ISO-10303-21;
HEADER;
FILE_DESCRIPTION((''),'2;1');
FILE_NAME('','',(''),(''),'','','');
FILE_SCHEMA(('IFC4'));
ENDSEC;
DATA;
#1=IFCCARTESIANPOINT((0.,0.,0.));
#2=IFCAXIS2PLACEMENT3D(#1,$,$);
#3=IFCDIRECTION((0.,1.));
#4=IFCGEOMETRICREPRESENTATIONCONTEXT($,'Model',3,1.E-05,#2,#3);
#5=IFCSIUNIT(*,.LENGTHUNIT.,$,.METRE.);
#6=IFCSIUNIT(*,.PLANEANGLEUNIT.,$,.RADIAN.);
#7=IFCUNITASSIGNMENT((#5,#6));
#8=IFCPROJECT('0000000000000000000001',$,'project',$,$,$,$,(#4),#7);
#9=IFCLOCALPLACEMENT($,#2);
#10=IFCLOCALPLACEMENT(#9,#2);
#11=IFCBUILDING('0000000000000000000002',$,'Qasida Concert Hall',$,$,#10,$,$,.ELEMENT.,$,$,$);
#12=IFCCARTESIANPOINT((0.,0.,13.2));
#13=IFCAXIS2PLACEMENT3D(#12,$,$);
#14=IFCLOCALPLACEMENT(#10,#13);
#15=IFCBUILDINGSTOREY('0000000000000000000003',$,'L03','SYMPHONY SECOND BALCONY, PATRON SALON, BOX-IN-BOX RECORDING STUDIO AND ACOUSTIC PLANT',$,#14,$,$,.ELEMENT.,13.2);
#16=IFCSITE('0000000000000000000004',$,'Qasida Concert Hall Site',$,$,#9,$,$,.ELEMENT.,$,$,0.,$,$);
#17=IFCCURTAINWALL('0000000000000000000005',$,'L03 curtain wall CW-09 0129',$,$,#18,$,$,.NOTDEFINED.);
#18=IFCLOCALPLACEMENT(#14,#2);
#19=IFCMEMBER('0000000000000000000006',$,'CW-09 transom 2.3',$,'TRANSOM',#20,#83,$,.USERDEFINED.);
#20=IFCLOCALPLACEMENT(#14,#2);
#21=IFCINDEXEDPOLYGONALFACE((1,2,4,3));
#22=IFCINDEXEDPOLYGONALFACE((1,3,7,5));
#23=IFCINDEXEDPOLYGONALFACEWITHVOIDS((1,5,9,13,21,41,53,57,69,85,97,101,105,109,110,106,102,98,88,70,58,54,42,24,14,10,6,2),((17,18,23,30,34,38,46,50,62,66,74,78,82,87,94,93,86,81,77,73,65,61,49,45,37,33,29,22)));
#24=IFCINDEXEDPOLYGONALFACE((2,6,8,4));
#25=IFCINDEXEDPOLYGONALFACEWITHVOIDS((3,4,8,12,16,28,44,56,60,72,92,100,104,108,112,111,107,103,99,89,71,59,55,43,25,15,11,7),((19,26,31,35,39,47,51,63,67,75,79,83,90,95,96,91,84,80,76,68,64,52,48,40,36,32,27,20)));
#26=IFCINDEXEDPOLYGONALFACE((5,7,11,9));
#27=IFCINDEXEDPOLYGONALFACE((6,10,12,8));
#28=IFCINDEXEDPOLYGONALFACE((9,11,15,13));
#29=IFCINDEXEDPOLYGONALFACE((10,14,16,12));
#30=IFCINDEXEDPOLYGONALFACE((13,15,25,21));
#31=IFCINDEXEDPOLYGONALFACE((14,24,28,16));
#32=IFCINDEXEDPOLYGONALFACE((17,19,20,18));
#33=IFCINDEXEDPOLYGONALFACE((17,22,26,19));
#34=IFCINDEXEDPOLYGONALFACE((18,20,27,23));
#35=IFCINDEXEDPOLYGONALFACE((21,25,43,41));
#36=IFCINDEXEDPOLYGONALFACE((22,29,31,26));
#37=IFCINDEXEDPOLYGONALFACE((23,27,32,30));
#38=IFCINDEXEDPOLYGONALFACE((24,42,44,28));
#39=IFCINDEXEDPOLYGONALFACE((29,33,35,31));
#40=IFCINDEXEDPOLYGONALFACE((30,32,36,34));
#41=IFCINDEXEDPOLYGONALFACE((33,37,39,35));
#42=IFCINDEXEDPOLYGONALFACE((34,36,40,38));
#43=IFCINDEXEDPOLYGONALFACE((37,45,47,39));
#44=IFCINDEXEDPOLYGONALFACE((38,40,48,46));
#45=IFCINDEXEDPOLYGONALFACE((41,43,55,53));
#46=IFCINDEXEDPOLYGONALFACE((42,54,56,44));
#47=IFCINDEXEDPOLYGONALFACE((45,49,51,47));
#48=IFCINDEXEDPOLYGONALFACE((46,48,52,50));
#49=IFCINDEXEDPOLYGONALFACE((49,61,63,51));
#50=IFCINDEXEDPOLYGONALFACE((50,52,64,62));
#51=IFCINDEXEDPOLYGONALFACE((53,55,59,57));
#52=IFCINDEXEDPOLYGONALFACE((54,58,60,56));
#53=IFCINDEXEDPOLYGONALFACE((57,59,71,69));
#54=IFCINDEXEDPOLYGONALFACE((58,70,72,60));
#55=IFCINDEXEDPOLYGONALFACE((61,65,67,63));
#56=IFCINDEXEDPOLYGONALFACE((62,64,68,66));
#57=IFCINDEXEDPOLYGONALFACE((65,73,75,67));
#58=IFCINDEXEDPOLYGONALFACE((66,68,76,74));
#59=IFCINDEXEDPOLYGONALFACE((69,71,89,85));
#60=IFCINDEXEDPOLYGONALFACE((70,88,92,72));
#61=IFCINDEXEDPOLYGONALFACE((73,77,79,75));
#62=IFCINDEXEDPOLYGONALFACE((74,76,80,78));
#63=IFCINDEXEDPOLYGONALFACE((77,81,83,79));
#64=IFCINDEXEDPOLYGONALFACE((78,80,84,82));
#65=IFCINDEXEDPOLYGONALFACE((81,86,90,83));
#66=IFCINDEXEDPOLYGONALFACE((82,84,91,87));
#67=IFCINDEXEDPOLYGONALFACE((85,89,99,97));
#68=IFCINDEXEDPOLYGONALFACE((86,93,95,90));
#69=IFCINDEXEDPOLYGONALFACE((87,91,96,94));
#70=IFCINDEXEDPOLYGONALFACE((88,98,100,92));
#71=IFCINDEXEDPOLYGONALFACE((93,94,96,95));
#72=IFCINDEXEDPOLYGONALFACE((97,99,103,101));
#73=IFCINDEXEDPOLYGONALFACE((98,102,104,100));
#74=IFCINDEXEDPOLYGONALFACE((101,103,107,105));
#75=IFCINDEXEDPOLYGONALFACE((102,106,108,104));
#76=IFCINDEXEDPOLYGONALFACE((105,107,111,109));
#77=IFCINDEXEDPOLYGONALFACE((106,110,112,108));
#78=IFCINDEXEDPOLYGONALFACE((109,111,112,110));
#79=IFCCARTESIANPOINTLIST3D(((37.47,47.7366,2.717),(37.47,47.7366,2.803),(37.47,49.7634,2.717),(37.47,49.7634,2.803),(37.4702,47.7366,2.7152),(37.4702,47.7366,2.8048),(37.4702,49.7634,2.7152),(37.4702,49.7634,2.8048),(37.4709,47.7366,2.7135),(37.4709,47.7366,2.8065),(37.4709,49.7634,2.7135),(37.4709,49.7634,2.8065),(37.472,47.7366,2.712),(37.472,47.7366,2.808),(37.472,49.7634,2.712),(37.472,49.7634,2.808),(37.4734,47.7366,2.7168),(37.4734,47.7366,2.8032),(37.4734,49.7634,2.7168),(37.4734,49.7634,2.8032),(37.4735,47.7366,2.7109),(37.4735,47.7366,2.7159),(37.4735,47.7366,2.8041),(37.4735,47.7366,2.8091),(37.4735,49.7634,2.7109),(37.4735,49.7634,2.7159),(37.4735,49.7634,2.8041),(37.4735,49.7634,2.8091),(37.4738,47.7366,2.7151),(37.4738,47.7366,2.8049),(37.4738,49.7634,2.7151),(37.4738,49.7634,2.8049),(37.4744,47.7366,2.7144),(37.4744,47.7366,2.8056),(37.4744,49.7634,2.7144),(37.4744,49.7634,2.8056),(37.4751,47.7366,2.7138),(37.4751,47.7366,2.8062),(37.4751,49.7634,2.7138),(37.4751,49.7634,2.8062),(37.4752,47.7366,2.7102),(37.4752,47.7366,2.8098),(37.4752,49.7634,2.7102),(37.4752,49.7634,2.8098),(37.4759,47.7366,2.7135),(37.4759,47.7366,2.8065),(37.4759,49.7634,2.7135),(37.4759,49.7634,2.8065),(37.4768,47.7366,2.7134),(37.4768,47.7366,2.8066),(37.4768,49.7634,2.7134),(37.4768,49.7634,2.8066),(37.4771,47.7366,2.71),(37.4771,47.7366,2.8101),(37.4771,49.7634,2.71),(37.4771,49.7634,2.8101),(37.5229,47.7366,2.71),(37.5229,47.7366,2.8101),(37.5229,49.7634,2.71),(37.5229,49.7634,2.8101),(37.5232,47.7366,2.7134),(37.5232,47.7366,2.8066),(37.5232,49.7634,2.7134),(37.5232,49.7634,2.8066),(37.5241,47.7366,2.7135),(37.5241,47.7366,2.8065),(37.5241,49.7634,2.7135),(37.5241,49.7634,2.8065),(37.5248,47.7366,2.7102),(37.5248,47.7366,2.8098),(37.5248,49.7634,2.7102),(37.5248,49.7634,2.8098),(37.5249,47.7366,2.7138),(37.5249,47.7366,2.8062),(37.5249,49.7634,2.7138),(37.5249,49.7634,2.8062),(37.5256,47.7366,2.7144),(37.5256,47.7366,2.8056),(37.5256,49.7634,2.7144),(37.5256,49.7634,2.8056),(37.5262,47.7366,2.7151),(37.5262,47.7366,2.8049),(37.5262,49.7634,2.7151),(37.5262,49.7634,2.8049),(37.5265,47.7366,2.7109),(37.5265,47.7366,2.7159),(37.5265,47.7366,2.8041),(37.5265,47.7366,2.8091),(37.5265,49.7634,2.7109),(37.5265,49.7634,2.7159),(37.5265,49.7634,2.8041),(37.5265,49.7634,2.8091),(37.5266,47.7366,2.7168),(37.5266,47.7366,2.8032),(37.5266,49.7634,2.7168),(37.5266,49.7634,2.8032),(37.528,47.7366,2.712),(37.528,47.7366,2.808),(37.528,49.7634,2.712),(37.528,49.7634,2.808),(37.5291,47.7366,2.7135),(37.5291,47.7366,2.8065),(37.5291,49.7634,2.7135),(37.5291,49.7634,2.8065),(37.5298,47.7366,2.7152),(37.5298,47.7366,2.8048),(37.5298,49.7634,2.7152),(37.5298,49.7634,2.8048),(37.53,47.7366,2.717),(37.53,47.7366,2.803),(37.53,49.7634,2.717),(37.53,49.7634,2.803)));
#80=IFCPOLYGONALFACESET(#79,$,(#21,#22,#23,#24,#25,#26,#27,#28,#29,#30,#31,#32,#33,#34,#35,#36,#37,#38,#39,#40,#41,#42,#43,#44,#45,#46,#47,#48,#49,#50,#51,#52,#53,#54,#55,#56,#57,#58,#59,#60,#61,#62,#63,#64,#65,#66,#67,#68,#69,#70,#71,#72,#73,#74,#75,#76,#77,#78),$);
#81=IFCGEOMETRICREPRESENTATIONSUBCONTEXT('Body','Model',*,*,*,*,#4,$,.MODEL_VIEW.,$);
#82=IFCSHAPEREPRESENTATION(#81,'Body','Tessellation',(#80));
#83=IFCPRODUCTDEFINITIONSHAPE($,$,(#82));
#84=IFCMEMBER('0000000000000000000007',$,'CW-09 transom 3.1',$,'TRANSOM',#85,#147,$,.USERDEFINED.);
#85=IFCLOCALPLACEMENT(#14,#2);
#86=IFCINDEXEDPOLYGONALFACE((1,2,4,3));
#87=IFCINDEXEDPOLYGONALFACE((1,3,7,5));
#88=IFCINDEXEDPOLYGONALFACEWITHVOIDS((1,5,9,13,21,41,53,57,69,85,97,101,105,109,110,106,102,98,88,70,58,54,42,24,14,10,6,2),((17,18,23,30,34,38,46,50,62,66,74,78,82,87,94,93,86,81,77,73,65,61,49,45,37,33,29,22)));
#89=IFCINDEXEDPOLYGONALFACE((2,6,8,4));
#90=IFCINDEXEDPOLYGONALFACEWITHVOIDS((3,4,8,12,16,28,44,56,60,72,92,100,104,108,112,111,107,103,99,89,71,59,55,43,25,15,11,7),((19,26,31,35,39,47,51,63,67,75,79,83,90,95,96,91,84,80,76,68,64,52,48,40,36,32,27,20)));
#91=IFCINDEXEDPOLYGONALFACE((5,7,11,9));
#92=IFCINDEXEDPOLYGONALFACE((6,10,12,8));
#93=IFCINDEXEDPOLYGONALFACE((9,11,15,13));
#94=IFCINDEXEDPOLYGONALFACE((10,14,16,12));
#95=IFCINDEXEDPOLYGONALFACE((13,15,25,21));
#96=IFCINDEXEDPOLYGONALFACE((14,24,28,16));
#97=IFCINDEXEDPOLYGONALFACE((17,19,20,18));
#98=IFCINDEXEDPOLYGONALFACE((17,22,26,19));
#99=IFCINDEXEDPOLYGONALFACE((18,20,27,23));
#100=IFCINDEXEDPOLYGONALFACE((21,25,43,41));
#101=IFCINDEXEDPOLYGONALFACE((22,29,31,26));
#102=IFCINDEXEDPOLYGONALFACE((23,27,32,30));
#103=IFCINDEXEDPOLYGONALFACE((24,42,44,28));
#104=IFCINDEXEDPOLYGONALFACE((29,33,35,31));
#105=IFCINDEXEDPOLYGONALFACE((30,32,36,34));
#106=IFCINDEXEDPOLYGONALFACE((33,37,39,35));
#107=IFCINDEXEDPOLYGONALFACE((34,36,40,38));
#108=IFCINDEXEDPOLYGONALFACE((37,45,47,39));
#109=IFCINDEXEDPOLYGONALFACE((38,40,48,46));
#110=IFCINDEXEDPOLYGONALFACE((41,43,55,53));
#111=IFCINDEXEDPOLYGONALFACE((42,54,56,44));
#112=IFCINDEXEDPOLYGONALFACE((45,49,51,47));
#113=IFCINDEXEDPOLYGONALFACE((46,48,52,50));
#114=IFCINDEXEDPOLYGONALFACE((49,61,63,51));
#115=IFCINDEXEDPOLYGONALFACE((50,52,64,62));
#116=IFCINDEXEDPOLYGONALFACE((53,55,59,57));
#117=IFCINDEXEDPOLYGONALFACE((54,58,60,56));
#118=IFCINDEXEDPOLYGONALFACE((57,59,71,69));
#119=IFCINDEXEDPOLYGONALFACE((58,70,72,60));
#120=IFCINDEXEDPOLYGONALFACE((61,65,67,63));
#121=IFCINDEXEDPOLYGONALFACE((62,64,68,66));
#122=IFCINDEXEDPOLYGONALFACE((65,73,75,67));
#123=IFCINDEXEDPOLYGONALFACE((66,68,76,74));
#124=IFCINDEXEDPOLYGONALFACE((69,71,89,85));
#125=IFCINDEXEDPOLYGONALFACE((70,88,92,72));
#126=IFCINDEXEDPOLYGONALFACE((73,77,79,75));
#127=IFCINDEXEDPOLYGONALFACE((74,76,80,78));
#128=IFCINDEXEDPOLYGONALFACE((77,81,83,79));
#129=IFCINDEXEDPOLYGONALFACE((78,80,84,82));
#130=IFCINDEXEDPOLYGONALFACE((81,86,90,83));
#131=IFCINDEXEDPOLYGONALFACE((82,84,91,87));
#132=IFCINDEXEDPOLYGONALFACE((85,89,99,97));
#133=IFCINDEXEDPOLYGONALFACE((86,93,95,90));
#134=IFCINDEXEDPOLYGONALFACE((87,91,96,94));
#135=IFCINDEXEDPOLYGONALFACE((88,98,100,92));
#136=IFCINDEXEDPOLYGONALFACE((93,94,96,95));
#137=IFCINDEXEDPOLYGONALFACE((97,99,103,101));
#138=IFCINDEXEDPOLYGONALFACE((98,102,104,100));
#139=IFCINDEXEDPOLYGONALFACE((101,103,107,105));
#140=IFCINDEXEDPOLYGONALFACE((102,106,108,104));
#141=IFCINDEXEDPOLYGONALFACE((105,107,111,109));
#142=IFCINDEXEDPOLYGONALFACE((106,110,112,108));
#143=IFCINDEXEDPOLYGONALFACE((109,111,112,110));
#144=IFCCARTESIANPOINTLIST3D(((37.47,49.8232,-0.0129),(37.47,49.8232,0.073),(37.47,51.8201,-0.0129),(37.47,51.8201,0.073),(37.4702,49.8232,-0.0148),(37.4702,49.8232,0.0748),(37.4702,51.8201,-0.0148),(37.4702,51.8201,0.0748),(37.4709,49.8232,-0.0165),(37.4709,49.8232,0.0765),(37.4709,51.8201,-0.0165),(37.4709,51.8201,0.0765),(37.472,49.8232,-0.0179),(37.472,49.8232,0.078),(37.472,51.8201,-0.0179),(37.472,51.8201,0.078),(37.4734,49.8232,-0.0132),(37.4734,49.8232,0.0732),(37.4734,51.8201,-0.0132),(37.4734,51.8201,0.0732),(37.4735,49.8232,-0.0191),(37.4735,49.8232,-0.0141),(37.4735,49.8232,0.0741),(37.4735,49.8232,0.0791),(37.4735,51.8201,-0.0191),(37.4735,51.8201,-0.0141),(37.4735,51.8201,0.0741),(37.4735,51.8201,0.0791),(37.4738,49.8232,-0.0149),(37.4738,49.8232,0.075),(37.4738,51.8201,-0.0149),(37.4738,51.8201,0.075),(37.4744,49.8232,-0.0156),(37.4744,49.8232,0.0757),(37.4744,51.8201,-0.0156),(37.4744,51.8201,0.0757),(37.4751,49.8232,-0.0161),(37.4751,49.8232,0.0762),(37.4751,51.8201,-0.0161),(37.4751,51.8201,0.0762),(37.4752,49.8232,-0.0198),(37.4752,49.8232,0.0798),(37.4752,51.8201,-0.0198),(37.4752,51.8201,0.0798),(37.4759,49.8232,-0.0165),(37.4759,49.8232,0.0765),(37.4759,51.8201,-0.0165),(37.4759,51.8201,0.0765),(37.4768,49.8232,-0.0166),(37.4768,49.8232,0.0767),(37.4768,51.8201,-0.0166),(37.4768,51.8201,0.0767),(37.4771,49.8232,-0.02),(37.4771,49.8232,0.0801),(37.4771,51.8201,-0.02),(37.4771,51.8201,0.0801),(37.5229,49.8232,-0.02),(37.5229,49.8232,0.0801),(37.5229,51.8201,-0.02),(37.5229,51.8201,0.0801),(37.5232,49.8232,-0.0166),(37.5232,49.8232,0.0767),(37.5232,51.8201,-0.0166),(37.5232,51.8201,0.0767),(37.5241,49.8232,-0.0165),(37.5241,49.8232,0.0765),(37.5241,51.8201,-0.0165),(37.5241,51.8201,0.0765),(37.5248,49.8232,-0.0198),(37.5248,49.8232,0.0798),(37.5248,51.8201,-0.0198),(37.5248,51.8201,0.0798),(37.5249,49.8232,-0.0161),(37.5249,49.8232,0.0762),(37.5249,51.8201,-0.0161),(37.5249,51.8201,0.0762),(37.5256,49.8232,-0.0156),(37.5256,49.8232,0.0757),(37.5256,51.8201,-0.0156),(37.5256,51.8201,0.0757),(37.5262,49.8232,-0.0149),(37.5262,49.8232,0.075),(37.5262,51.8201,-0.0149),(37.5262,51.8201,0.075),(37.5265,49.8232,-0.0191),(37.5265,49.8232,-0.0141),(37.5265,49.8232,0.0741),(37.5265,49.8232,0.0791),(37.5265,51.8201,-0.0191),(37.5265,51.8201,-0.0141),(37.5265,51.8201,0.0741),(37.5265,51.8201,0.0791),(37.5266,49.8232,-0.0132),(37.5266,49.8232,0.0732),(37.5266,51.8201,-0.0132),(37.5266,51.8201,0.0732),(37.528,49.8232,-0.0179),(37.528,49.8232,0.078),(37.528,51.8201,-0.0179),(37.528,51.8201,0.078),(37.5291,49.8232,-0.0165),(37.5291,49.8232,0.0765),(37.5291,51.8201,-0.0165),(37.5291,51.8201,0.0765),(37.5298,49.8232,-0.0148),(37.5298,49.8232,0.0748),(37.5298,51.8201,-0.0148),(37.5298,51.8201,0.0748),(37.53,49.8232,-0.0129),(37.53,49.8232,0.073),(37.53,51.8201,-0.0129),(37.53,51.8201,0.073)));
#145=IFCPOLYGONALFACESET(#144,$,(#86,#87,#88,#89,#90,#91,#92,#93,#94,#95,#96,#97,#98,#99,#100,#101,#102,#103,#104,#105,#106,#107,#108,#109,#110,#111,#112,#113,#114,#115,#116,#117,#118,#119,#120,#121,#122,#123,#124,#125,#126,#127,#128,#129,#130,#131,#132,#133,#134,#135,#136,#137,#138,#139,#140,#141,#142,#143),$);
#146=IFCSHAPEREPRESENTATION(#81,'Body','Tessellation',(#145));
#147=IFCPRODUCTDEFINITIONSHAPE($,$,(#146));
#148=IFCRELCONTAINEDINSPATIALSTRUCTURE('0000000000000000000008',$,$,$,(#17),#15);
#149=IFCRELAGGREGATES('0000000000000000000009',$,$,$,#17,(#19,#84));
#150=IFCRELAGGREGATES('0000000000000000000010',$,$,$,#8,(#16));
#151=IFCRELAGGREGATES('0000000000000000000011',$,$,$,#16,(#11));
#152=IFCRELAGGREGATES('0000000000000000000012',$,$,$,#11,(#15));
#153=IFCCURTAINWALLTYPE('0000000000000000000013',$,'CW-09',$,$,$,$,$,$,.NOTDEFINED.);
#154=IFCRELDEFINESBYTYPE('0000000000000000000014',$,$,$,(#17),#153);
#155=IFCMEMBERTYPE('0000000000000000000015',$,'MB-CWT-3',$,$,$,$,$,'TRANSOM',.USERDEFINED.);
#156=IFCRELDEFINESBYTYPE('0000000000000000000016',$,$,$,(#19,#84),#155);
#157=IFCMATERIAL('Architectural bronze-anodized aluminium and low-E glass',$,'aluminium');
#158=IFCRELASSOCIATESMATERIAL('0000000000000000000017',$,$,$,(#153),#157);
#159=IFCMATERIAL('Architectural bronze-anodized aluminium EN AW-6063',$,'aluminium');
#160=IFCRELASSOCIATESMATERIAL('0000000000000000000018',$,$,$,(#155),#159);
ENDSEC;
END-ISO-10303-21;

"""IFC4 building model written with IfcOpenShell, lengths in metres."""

from ifc_helpers import new_model, si_unit, direction, frame, origin, origin_2d, place, context, subcontext, project, spatial, hollow_rectangle, extrude, material, material_profile, profile_set, type_object, element, aggregate, save


model = new_model("IFC4")

# Units and contexts
model_context = context("Model", 3, precision=1e-05, world=origin(), true_north=direction((0.0, 1.0)))
body_context = subcontext(model_context, "Body", "Model", "MODEL_VIEW")
ifc_project = project(units=[si_unit("LENGTHUNIT", "METRE"), si_unit("PLANEANGLEUNIT", "RADIAN")], contexts=[model_context])

# Site, building, storey
site_placement = place(None, origin())
site = spatial("IfcSite", under=ifc_project, at=site_placement, Name="Qasida Concert Hall Site", CompositionType="ELEMENT", RefElevation=0.0)
building_placement = place(site_placement, origin())
building = spatial("IfcBuilding", under=site, at=building_placement, Name="Qasida Concert Hall", CompositionType="ELEMENT")
storey_placement = place(building_placement, frame((0.0, 0.0, 13.2)))
storey = spatial("IfcBuildingStorey", under=building, at=storey_placement, Name="L03", Description="SYMPHONY SECOND BALCONY, PATRON SALON, BOX-IN-BOX RECORDING STUDIO AND ACOUSTIC PLANT", CompositionType="ELEMENT", Elevation=13.2)

# Shared definitions
ifc_material_1 = material(Name="Architectural bronze-anodized aluminium and low-E glass", Category="aluminium")
ifc_material_2 = material(Name="Architectural bronze-anodized aluminium EN AW-6063", Category="aluminium")

# Curtain wall
curtain_wall_type_1 = type_object("IfcCurtainWallType", Name="CW-09", PredefinedType="NOTDEFINED", material=ifc_material_1)
curtain_wall_1_placement = place(storey_placement, origin())
curtain_wall_1 = element("IfcCurtainWall", 1, at=curtain_wall_1_placement, inside=storey, type_object=curtain_wall_type_1, Name="L03 curtain wall CW-09 0129", PredefinedType="NOTDEFINED")

# Members
ifc_material_profile_1 = material_profile(ifc_material_2, hollow_rectangle(XDim=0.0601, YDim=0.1001, WallThickness=0.0034, InnerFilletRadius=0.0034, OuterFilletRadius=0.0071, at=origin_2d()), Name="CWT 100x60x3.5")
ifc_profile_set_1 = profile_set([ifc_material_profile_1], Name="Architectural bronze-anodized aluminium EN AW-6063")
member_type_1 = type_object("IfcMemberType", Name="MB-CWT-3", ElementType="TRANSOM", PredefinedType="USERDEFINED", material=ifc_profile_set_1)
member_1_placement = place(storey_placement, frame((37.5, 47.7366, 2.76), z_axis=(0.0, 1.0, 0.0), x_axis=(-1.0, 0.0, 0.0)))
member_1 = element("IfcMember", 2, at=member_1_placement, type_object=member_type_1, Name="CW-09 transom 2.3", ObjectType="TRANSOM", PredefinedType="USERDEFINED", context=body_context, shape_type="SweptSolid", body=[
    extrude(hollow_rectangle(XDim=0.0601, YDim=0.1001, WallThickness=0.0034, InnerFilletRadius=0.0034, OuterFilletRadius=0.0071, at=origin_2d()), origin(), (0.0, 0.0, 1.0), 2.0269),
])
member_2_placement = place(storey_placement, frame((37.5, 49.8232, 0.03), z_axis=(0.0, 1.0, 0.0), x_axis=(-1.0, 0.0, 0.0)))
member_2 = element("IfcMember", 3, at=member_2_placement, type_object=member_type_1, Name="CW-09 transom 3.1", ObjectType="TRANSOM", PredefinedType="USERDEFINED", context=body_context, shape_type="SweptSolid", body=[
    extrude(hollow_rectangle(XDim=0.0601, YDim=0.1001, WallThickness=0.0034, InnerFilletRadius=0.0034, OuterFilletRadius=0.0071, at=origin_2d()), origin(), (0.0, 0.0, 1.0), 1.9968),
])

aggregate(curtain_wall_1, [member_1, member_2])

save(model, "model.ifc")
